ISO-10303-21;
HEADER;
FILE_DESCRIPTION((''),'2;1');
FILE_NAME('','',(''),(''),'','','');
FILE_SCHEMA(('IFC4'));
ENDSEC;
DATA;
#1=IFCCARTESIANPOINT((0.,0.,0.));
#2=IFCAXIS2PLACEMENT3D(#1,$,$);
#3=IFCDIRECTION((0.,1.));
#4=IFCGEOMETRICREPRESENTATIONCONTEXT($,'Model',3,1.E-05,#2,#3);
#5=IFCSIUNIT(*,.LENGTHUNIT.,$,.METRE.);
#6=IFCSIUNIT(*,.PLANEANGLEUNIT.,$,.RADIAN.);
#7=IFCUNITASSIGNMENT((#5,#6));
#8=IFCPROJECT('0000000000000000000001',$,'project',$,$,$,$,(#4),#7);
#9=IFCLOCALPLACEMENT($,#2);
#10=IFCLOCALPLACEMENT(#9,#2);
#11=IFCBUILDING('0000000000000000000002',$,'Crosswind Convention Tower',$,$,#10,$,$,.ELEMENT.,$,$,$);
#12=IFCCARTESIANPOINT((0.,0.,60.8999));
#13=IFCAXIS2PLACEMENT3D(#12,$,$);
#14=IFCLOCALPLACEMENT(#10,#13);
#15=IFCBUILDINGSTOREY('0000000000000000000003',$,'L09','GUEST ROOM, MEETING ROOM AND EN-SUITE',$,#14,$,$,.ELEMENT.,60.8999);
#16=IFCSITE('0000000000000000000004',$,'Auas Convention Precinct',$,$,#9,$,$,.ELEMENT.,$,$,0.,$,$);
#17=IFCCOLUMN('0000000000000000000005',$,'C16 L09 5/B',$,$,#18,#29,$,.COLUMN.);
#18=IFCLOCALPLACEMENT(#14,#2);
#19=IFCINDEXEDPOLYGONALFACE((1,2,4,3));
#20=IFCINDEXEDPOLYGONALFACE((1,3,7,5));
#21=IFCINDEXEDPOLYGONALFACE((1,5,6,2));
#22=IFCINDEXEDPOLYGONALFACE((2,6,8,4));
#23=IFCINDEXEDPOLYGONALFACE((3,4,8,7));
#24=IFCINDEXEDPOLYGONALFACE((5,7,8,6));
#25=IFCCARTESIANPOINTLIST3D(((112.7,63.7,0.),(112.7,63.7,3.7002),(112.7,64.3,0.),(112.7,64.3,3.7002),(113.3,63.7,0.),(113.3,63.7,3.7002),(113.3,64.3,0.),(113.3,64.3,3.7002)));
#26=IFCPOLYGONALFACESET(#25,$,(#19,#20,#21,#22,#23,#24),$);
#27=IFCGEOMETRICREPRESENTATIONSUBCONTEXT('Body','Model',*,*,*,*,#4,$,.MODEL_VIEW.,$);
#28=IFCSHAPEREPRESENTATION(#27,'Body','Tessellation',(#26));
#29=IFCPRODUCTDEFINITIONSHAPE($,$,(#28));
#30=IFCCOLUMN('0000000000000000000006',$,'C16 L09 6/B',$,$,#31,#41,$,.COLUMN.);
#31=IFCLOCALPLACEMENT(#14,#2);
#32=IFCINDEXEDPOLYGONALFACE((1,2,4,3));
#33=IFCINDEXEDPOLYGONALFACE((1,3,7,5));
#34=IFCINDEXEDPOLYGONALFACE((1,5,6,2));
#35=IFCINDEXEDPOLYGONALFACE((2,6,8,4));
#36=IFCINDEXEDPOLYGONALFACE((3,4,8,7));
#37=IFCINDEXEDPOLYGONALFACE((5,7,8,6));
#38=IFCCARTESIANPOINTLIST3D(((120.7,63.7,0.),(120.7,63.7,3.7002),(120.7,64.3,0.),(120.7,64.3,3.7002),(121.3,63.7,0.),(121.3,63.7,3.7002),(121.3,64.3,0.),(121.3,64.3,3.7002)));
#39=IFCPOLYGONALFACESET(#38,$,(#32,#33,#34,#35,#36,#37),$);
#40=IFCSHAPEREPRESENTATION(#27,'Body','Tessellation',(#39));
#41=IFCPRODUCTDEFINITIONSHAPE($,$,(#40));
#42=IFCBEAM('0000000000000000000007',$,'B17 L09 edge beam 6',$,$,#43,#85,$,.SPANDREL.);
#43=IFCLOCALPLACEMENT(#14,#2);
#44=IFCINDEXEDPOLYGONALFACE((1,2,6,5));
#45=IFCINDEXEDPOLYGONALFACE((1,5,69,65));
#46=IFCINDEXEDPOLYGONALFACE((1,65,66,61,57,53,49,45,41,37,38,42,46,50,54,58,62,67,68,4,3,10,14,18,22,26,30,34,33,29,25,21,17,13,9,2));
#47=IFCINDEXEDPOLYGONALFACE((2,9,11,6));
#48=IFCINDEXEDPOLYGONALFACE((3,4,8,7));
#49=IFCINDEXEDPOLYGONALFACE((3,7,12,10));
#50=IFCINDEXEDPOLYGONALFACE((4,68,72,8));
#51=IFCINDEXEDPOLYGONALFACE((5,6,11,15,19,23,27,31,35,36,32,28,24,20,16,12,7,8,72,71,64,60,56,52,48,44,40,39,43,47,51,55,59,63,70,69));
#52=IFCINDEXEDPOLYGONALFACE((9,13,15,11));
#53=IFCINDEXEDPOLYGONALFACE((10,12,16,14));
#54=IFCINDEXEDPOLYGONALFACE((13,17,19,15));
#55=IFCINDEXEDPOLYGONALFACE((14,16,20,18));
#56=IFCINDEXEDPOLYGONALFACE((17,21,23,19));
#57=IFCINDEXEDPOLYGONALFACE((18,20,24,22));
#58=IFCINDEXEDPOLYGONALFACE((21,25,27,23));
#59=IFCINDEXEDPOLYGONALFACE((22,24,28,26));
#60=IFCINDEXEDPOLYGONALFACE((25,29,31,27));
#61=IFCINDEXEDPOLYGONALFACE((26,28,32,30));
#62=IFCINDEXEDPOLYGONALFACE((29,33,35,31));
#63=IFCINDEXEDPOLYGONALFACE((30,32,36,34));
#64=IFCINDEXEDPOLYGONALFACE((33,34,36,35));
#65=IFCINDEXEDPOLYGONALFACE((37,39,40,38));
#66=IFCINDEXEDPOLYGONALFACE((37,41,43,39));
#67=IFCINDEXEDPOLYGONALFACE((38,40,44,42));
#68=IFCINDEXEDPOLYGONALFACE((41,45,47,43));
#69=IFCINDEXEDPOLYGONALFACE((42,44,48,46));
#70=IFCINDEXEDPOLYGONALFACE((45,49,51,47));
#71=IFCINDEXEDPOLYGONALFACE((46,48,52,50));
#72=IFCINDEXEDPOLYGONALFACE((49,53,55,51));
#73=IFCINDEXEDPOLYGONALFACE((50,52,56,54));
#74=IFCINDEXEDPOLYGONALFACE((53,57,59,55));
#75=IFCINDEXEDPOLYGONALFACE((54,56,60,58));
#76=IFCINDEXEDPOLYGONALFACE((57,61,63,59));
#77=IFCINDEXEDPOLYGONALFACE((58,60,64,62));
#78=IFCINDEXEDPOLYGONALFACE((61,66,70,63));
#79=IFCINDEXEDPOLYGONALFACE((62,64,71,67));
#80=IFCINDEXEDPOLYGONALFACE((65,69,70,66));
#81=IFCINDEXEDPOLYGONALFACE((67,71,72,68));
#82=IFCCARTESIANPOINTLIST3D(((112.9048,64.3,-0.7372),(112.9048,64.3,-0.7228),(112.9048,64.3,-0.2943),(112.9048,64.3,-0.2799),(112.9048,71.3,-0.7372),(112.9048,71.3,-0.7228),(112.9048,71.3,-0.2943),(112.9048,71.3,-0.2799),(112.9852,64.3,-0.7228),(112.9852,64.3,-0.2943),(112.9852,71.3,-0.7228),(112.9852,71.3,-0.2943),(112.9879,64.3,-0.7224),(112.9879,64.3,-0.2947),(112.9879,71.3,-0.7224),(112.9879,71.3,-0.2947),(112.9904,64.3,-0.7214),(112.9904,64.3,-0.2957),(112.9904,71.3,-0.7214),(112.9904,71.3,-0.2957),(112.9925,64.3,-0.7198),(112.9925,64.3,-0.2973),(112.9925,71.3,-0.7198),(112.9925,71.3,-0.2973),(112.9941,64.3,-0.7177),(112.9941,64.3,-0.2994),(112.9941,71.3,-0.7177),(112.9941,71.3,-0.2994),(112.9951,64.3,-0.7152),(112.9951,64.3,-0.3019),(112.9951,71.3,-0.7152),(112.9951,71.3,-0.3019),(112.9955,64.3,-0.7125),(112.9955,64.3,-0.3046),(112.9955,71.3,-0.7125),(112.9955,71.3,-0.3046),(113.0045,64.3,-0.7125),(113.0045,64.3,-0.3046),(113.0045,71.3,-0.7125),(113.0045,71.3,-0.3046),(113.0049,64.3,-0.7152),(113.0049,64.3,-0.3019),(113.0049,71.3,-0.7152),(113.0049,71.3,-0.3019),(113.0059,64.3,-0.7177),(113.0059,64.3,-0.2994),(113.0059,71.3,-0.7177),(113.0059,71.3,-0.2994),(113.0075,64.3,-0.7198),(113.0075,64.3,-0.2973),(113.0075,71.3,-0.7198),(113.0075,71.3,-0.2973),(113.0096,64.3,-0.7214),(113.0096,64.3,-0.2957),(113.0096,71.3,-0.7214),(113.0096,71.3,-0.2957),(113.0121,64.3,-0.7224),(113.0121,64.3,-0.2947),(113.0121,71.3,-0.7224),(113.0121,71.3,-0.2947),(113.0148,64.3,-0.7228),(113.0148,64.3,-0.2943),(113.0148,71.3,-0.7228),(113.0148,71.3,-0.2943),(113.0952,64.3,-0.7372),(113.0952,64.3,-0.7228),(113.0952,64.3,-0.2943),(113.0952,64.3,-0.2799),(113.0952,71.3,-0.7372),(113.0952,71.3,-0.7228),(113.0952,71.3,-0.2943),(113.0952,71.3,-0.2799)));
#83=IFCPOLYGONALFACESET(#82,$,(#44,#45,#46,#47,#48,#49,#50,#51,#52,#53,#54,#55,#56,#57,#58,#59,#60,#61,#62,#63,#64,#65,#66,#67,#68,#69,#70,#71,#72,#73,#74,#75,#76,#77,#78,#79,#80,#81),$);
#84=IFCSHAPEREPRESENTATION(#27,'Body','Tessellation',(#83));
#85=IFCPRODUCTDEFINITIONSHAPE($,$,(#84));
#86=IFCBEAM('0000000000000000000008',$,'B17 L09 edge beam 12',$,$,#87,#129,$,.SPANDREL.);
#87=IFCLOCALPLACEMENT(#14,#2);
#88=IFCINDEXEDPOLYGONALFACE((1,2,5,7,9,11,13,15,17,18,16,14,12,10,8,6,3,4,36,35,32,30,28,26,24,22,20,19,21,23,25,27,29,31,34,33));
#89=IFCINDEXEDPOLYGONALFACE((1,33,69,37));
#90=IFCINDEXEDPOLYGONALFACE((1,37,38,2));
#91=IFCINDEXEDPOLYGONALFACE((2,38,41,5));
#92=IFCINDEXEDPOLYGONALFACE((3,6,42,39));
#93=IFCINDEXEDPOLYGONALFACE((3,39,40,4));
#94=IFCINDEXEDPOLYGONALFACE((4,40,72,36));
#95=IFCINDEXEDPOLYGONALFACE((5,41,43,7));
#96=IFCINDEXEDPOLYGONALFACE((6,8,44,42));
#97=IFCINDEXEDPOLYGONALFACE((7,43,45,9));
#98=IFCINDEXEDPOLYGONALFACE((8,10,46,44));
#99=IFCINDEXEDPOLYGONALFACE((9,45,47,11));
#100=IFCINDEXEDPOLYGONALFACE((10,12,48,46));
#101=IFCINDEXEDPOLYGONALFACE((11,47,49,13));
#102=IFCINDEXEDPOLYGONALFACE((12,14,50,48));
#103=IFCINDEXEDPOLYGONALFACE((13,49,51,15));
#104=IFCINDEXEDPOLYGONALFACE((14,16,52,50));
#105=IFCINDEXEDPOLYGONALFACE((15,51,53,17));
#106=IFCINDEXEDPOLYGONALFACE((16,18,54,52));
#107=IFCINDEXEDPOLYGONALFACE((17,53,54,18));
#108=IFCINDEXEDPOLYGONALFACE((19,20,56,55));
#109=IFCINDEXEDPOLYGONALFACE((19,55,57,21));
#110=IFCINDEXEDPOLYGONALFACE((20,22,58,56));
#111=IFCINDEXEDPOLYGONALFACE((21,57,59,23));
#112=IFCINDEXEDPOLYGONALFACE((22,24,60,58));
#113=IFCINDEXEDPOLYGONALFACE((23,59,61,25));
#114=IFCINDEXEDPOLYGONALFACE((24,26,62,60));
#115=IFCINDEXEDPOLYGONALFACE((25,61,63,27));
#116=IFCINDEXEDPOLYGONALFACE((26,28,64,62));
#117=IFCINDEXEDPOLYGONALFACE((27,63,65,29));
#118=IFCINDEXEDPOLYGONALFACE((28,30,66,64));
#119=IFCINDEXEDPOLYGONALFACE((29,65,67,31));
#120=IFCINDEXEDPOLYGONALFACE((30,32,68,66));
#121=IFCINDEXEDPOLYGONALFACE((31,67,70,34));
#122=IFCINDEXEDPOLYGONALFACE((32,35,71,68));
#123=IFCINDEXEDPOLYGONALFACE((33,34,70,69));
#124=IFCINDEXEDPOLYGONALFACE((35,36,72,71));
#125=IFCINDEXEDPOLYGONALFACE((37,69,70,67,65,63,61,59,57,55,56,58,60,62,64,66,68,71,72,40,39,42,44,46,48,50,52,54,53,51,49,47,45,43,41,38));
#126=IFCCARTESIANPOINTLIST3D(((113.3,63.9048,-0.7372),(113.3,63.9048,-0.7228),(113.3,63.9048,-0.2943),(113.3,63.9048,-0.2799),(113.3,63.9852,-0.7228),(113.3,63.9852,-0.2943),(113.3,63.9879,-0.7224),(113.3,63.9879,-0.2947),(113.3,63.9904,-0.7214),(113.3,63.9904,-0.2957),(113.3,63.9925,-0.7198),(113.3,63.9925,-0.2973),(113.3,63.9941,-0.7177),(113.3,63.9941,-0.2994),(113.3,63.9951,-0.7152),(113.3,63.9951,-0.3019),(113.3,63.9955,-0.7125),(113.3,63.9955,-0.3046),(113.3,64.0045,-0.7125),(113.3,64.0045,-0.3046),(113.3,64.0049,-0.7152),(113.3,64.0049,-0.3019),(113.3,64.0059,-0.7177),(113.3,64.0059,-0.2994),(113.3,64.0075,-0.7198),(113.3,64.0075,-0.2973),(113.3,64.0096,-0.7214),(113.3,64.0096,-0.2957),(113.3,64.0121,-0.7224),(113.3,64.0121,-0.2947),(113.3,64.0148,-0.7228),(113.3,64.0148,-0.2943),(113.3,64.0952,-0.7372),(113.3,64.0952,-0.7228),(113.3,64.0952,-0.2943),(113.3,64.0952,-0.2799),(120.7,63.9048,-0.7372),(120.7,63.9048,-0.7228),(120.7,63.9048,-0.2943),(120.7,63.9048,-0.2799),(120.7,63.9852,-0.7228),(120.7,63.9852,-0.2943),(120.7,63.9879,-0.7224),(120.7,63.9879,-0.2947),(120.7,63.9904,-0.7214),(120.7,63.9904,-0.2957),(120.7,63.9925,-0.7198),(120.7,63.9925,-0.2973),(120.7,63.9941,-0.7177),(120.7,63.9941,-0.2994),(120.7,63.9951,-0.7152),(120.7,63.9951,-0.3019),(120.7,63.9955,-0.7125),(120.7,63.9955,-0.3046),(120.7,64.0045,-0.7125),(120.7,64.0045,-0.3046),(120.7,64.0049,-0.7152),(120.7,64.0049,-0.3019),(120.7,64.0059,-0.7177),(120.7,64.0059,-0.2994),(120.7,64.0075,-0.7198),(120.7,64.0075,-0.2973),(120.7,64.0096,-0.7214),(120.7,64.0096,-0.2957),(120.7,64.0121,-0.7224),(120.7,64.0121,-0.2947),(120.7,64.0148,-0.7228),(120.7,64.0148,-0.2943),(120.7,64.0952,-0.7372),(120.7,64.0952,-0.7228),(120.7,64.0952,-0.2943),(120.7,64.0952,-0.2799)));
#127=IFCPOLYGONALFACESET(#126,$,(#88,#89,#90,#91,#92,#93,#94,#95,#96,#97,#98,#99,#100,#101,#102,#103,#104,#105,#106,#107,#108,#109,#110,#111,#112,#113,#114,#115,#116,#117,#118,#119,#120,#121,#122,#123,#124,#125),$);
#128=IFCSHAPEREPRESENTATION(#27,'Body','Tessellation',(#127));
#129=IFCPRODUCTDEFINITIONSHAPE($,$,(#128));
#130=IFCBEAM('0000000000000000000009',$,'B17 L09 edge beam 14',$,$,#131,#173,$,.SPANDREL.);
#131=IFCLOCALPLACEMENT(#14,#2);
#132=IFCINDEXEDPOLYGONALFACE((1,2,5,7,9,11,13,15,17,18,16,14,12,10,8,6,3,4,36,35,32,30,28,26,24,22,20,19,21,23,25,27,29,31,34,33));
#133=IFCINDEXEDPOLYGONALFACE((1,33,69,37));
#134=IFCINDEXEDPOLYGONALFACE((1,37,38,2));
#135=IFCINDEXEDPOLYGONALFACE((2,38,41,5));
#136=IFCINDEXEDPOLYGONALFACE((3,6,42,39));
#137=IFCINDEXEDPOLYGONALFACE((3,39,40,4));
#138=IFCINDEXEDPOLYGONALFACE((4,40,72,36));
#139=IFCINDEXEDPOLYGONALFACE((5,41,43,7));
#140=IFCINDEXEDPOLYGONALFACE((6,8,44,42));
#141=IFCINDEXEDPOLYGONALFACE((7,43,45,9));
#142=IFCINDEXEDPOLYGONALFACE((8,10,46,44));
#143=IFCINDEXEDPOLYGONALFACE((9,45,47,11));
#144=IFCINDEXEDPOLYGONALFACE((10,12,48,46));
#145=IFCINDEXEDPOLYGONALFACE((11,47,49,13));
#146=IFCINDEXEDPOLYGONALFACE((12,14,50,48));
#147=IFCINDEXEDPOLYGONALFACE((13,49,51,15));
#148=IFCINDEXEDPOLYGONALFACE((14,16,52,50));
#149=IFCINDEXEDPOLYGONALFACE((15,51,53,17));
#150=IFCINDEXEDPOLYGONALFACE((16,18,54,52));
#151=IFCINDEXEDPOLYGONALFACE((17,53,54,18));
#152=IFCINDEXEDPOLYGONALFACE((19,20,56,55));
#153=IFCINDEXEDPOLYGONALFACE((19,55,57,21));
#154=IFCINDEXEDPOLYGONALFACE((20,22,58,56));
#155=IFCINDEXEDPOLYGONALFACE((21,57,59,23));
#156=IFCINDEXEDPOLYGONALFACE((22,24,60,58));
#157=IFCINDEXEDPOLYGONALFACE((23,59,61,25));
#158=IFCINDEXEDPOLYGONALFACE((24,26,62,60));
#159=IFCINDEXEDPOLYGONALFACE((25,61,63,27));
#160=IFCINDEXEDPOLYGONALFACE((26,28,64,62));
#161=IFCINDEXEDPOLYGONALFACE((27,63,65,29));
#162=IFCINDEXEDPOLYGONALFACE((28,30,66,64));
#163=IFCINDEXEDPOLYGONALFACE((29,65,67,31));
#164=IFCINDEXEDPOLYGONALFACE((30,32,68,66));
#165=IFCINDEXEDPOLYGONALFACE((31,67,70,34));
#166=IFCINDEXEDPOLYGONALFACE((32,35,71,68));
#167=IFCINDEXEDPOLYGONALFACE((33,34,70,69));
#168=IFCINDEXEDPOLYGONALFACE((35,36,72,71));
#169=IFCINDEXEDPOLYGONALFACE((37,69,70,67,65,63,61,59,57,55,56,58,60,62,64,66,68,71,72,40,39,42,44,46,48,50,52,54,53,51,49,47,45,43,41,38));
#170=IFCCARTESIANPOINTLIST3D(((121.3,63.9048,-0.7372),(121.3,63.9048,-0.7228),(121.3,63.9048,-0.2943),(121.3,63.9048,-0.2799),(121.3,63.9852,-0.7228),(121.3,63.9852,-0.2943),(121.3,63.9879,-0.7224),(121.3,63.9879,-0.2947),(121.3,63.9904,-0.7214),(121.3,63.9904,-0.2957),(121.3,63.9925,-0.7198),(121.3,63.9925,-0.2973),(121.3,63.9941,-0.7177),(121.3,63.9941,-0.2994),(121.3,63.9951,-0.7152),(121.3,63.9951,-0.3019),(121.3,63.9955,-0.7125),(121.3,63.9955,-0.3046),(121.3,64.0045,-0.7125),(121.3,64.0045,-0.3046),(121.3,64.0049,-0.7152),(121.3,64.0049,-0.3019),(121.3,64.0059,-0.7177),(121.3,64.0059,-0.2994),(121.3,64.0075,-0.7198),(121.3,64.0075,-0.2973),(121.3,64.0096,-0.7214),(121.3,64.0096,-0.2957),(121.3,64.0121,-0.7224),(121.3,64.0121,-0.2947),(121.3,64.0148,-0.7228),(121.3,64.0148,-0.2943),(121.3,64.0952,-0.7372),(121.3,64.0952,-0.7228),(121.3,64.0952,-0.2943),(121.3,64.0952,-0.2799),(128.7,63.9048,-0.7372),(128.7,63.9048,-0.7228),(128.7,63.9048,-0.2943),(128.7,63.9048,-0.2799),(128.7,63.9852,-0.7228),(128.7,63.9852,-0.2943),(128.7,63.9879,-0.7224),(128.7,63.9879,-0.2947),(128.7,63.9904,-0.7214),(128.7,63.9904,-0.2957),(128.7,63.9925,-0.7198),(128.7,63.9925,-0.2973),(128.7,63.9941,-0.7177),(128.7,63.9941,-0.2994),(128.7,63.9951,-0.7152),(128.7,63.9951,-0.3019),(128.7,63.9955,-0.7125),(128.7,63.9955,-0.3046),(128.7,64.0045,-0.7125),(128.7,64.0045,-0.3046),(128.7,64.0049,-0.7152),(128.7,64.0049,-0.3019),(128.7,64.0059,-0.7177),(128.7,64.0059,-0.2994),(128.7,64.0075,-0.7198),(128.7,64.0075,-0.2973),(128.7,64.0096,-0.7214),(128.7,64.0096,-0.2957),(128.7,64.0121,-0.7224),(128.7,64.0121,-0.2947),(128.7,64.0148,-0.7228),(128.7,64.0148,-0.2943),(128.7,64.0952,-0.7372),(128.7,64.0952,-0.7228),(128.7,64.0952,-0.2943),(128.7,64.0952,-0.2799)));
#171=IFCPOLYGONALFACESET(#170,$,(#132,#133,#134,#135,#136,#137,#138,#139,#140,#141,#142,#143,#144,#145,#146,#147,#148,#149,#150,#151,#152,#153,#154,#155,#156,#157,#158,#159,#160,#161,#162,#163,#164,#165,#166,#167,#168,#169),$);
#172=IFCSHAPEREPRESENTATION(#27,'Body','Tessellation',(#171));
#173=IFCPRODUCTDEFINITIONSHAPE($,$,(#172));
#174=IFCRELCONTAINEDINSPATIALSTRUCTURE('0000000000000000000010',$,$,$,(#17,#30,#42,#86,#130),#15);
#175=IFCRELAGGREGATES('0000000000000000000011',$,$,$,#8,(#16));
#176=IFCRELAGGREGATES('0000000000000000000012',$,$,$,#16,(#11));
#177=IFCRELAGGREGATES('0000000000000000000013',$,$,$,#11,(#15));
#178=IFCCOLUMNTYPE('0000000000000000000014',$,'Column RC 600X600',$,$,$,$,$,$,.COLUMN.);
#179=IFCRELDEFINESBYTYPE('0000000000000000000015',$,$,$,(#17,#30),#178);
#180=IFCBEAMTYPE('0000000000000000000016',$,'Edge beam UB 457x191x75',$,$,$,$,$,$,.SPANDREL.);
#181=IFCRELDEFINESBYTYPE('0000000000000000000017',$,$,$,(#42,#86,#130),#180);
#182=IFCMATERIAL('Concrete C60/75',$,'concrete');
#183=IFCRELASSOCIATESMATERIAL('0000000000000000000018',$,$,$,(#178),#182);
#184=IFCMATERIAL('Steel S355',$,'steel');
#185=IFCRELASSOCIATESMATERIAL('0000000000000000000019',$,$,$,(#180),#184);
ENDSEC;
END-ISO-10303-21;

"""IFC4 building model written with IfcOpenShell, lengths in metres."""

from ifc_helpers import new_model, si_unit, direction, frame, origin, origin_2d, place, context, subcontext, project, spatial, rectangle, i_section, extrude, material, material_profile, profile_set, type_object, element, save


model = new_model("IFC4")

# Units and contexts
model_context = context("Model", 3, precision=1e-05, world=origin(), true_north=direction((0.0, 1.0)))
body_context = subcontext(model_context, "Body", "Model", "MODEL_VIEW")
ifc_project = project(units=[si_unit("LENGTHUNIT", "METRE"), si_unit("PLANEANGLEUNIT", "RADIAN")], contexts=[model_context])

# Site, building, storey
site_placement = place(None, origin())
site = spatial("IfcSite", under=ifc_project, at=site_placement, Name="Auas Convention Precinct", CompositionType="ELEMENT", RefElevation=0.0)
building_placement = place(site_placement, origin())
building = spatial("IfcBuilding", under=site, at=building_placement, Name="Crosswind Convention Tower", CompositionType="ELEMENT")
storey_placement = place(building_placement, frame((0.0, 0.0, 60.8999)))
storey = spatial("IfcBuildingStorey", under=building, at=storey_placement, Name="L09", Description="GUEST ROOM, MEETING ROOM AND EN-SUITE", CompositionType="ELEMENT", Elevation=60.8999)

# Columns
ifc_material_1 = material(Name="Concrete C60/75", Category="concrete")
ifc_material_profile_1 = material_profile(ifc_material_1, rectangle(XDim=0.6001, YDim=0.6001, at=origin_2d()), Name="RC 600X600")
ifc_profile_set_1 = profile_set([ifc_material_profile_1], Name="Concrete C60/75")
column_type = type_object("IfcColumnType", Name="Column RC 600X600", PredefinedType="COLUMN", material=ifc_profile_set_1)
for number, where, z_axis, x_axis, name in (
    (1, (113.0, 64.0, 0.0), (0.0, 0.0, 1.0), (1.0, 0.0, 0.0), "C16 L09 5/B"),
    (2, (121.0, 64.0, 0.0), (0.0, 0.0, 1.0), (1.0, 0.0, 0.0), "C16 L09 6/B"),
):
    element("IfcColumn", number, at=place(storey_placement, frame(where, z_axis=z_axis, x_axis=x_axis)), inside=storey, type_object=column_type, Name=name, PredefinedType="COLUMN", context=body_context, shape_type="SweptSolid", body=[
        extrude(rectangle(XDim=0.6001, YDim=0.6001, at=origin_2d()), origin(), (0.0, 0.0, 1.0), 3.7002),
    ])

# Beams
ifc_material_2 = material(Name="Steel S355", Category="steel")
ifc_material_profile_2 = material_profile(ifc_material_2, i_section(OverallWidth=0.1904, OverallDepth=0.4573, WebThickness=0.009, FlangeThickness=0.0144, FilletRadius=0.0103, at=origin_2d()), Name="UB 457x191x75")
ifc_profile_set_2 = profile_set([ifc_material_profile_2], Name="Steel S355")
beam_type_1 = type_object("IfcBeamType", Name="Edge beam UB 457x191x75", PredefinedType="SPANDREL", material=ifc_profile_set_2)
beam_1_placement = place(storey_placement, frame((113.0, 64.3, -0.5085), z_axis=(0.0, 1.0, 0.0), x_axis=(-1.0, 0.0, 0.0)))
element("IfcBeam", 3, at=beam_1_placement, inside=storey, type_object=beam_type_1, Name="B17 L09 edge beam 6", PredefinedType="SPANDREL", context=body_context, shape_type="SweptSolid", body=[
    extrude(i_section(OverallWidth=0.1904, OverallDepth=0.4573, WebThickness=0.009, FlangeThickness=0.0144, FilletRadius=0.0103, at=origin_2d()), origin(), (0.0, 0.0, 1.0), 7.0),
])
for number, where, z_axis, x_axis, name in (
    (4, (113.3, 64.0, -0.5085), (1.0, 0.0, 0.0), (0.0, 1.0, 0.0), "B17 L09 edge beam 12"),
    (5, (121.3, 64.0, -0.5085), (1.0, 0.0, 0.0), (0.0, 1.0, 0.0), "B17 L09 edge beam 14"),
):
    element("IfcBeam", number, at=place(storey_placement, frame(where, z_axis=z_axis, x_axis=x_axis)), inside=storey, type_object=beam_type_1, Name=name, PredefinedType="SPANDREL", context=body_context, shape_type="SweptSolid", body=[
        extrude(i_section(OverallWidth=0.1904, OverallDepth=0.4573, WebThickness=0.009, FlangeThickness=0.0144, FilletRadius=0.0103, at=origin_2d()), origin(), (0.0, 0.0, 1.0), 7.3999),
    ])

save(model, "model.ifc")
